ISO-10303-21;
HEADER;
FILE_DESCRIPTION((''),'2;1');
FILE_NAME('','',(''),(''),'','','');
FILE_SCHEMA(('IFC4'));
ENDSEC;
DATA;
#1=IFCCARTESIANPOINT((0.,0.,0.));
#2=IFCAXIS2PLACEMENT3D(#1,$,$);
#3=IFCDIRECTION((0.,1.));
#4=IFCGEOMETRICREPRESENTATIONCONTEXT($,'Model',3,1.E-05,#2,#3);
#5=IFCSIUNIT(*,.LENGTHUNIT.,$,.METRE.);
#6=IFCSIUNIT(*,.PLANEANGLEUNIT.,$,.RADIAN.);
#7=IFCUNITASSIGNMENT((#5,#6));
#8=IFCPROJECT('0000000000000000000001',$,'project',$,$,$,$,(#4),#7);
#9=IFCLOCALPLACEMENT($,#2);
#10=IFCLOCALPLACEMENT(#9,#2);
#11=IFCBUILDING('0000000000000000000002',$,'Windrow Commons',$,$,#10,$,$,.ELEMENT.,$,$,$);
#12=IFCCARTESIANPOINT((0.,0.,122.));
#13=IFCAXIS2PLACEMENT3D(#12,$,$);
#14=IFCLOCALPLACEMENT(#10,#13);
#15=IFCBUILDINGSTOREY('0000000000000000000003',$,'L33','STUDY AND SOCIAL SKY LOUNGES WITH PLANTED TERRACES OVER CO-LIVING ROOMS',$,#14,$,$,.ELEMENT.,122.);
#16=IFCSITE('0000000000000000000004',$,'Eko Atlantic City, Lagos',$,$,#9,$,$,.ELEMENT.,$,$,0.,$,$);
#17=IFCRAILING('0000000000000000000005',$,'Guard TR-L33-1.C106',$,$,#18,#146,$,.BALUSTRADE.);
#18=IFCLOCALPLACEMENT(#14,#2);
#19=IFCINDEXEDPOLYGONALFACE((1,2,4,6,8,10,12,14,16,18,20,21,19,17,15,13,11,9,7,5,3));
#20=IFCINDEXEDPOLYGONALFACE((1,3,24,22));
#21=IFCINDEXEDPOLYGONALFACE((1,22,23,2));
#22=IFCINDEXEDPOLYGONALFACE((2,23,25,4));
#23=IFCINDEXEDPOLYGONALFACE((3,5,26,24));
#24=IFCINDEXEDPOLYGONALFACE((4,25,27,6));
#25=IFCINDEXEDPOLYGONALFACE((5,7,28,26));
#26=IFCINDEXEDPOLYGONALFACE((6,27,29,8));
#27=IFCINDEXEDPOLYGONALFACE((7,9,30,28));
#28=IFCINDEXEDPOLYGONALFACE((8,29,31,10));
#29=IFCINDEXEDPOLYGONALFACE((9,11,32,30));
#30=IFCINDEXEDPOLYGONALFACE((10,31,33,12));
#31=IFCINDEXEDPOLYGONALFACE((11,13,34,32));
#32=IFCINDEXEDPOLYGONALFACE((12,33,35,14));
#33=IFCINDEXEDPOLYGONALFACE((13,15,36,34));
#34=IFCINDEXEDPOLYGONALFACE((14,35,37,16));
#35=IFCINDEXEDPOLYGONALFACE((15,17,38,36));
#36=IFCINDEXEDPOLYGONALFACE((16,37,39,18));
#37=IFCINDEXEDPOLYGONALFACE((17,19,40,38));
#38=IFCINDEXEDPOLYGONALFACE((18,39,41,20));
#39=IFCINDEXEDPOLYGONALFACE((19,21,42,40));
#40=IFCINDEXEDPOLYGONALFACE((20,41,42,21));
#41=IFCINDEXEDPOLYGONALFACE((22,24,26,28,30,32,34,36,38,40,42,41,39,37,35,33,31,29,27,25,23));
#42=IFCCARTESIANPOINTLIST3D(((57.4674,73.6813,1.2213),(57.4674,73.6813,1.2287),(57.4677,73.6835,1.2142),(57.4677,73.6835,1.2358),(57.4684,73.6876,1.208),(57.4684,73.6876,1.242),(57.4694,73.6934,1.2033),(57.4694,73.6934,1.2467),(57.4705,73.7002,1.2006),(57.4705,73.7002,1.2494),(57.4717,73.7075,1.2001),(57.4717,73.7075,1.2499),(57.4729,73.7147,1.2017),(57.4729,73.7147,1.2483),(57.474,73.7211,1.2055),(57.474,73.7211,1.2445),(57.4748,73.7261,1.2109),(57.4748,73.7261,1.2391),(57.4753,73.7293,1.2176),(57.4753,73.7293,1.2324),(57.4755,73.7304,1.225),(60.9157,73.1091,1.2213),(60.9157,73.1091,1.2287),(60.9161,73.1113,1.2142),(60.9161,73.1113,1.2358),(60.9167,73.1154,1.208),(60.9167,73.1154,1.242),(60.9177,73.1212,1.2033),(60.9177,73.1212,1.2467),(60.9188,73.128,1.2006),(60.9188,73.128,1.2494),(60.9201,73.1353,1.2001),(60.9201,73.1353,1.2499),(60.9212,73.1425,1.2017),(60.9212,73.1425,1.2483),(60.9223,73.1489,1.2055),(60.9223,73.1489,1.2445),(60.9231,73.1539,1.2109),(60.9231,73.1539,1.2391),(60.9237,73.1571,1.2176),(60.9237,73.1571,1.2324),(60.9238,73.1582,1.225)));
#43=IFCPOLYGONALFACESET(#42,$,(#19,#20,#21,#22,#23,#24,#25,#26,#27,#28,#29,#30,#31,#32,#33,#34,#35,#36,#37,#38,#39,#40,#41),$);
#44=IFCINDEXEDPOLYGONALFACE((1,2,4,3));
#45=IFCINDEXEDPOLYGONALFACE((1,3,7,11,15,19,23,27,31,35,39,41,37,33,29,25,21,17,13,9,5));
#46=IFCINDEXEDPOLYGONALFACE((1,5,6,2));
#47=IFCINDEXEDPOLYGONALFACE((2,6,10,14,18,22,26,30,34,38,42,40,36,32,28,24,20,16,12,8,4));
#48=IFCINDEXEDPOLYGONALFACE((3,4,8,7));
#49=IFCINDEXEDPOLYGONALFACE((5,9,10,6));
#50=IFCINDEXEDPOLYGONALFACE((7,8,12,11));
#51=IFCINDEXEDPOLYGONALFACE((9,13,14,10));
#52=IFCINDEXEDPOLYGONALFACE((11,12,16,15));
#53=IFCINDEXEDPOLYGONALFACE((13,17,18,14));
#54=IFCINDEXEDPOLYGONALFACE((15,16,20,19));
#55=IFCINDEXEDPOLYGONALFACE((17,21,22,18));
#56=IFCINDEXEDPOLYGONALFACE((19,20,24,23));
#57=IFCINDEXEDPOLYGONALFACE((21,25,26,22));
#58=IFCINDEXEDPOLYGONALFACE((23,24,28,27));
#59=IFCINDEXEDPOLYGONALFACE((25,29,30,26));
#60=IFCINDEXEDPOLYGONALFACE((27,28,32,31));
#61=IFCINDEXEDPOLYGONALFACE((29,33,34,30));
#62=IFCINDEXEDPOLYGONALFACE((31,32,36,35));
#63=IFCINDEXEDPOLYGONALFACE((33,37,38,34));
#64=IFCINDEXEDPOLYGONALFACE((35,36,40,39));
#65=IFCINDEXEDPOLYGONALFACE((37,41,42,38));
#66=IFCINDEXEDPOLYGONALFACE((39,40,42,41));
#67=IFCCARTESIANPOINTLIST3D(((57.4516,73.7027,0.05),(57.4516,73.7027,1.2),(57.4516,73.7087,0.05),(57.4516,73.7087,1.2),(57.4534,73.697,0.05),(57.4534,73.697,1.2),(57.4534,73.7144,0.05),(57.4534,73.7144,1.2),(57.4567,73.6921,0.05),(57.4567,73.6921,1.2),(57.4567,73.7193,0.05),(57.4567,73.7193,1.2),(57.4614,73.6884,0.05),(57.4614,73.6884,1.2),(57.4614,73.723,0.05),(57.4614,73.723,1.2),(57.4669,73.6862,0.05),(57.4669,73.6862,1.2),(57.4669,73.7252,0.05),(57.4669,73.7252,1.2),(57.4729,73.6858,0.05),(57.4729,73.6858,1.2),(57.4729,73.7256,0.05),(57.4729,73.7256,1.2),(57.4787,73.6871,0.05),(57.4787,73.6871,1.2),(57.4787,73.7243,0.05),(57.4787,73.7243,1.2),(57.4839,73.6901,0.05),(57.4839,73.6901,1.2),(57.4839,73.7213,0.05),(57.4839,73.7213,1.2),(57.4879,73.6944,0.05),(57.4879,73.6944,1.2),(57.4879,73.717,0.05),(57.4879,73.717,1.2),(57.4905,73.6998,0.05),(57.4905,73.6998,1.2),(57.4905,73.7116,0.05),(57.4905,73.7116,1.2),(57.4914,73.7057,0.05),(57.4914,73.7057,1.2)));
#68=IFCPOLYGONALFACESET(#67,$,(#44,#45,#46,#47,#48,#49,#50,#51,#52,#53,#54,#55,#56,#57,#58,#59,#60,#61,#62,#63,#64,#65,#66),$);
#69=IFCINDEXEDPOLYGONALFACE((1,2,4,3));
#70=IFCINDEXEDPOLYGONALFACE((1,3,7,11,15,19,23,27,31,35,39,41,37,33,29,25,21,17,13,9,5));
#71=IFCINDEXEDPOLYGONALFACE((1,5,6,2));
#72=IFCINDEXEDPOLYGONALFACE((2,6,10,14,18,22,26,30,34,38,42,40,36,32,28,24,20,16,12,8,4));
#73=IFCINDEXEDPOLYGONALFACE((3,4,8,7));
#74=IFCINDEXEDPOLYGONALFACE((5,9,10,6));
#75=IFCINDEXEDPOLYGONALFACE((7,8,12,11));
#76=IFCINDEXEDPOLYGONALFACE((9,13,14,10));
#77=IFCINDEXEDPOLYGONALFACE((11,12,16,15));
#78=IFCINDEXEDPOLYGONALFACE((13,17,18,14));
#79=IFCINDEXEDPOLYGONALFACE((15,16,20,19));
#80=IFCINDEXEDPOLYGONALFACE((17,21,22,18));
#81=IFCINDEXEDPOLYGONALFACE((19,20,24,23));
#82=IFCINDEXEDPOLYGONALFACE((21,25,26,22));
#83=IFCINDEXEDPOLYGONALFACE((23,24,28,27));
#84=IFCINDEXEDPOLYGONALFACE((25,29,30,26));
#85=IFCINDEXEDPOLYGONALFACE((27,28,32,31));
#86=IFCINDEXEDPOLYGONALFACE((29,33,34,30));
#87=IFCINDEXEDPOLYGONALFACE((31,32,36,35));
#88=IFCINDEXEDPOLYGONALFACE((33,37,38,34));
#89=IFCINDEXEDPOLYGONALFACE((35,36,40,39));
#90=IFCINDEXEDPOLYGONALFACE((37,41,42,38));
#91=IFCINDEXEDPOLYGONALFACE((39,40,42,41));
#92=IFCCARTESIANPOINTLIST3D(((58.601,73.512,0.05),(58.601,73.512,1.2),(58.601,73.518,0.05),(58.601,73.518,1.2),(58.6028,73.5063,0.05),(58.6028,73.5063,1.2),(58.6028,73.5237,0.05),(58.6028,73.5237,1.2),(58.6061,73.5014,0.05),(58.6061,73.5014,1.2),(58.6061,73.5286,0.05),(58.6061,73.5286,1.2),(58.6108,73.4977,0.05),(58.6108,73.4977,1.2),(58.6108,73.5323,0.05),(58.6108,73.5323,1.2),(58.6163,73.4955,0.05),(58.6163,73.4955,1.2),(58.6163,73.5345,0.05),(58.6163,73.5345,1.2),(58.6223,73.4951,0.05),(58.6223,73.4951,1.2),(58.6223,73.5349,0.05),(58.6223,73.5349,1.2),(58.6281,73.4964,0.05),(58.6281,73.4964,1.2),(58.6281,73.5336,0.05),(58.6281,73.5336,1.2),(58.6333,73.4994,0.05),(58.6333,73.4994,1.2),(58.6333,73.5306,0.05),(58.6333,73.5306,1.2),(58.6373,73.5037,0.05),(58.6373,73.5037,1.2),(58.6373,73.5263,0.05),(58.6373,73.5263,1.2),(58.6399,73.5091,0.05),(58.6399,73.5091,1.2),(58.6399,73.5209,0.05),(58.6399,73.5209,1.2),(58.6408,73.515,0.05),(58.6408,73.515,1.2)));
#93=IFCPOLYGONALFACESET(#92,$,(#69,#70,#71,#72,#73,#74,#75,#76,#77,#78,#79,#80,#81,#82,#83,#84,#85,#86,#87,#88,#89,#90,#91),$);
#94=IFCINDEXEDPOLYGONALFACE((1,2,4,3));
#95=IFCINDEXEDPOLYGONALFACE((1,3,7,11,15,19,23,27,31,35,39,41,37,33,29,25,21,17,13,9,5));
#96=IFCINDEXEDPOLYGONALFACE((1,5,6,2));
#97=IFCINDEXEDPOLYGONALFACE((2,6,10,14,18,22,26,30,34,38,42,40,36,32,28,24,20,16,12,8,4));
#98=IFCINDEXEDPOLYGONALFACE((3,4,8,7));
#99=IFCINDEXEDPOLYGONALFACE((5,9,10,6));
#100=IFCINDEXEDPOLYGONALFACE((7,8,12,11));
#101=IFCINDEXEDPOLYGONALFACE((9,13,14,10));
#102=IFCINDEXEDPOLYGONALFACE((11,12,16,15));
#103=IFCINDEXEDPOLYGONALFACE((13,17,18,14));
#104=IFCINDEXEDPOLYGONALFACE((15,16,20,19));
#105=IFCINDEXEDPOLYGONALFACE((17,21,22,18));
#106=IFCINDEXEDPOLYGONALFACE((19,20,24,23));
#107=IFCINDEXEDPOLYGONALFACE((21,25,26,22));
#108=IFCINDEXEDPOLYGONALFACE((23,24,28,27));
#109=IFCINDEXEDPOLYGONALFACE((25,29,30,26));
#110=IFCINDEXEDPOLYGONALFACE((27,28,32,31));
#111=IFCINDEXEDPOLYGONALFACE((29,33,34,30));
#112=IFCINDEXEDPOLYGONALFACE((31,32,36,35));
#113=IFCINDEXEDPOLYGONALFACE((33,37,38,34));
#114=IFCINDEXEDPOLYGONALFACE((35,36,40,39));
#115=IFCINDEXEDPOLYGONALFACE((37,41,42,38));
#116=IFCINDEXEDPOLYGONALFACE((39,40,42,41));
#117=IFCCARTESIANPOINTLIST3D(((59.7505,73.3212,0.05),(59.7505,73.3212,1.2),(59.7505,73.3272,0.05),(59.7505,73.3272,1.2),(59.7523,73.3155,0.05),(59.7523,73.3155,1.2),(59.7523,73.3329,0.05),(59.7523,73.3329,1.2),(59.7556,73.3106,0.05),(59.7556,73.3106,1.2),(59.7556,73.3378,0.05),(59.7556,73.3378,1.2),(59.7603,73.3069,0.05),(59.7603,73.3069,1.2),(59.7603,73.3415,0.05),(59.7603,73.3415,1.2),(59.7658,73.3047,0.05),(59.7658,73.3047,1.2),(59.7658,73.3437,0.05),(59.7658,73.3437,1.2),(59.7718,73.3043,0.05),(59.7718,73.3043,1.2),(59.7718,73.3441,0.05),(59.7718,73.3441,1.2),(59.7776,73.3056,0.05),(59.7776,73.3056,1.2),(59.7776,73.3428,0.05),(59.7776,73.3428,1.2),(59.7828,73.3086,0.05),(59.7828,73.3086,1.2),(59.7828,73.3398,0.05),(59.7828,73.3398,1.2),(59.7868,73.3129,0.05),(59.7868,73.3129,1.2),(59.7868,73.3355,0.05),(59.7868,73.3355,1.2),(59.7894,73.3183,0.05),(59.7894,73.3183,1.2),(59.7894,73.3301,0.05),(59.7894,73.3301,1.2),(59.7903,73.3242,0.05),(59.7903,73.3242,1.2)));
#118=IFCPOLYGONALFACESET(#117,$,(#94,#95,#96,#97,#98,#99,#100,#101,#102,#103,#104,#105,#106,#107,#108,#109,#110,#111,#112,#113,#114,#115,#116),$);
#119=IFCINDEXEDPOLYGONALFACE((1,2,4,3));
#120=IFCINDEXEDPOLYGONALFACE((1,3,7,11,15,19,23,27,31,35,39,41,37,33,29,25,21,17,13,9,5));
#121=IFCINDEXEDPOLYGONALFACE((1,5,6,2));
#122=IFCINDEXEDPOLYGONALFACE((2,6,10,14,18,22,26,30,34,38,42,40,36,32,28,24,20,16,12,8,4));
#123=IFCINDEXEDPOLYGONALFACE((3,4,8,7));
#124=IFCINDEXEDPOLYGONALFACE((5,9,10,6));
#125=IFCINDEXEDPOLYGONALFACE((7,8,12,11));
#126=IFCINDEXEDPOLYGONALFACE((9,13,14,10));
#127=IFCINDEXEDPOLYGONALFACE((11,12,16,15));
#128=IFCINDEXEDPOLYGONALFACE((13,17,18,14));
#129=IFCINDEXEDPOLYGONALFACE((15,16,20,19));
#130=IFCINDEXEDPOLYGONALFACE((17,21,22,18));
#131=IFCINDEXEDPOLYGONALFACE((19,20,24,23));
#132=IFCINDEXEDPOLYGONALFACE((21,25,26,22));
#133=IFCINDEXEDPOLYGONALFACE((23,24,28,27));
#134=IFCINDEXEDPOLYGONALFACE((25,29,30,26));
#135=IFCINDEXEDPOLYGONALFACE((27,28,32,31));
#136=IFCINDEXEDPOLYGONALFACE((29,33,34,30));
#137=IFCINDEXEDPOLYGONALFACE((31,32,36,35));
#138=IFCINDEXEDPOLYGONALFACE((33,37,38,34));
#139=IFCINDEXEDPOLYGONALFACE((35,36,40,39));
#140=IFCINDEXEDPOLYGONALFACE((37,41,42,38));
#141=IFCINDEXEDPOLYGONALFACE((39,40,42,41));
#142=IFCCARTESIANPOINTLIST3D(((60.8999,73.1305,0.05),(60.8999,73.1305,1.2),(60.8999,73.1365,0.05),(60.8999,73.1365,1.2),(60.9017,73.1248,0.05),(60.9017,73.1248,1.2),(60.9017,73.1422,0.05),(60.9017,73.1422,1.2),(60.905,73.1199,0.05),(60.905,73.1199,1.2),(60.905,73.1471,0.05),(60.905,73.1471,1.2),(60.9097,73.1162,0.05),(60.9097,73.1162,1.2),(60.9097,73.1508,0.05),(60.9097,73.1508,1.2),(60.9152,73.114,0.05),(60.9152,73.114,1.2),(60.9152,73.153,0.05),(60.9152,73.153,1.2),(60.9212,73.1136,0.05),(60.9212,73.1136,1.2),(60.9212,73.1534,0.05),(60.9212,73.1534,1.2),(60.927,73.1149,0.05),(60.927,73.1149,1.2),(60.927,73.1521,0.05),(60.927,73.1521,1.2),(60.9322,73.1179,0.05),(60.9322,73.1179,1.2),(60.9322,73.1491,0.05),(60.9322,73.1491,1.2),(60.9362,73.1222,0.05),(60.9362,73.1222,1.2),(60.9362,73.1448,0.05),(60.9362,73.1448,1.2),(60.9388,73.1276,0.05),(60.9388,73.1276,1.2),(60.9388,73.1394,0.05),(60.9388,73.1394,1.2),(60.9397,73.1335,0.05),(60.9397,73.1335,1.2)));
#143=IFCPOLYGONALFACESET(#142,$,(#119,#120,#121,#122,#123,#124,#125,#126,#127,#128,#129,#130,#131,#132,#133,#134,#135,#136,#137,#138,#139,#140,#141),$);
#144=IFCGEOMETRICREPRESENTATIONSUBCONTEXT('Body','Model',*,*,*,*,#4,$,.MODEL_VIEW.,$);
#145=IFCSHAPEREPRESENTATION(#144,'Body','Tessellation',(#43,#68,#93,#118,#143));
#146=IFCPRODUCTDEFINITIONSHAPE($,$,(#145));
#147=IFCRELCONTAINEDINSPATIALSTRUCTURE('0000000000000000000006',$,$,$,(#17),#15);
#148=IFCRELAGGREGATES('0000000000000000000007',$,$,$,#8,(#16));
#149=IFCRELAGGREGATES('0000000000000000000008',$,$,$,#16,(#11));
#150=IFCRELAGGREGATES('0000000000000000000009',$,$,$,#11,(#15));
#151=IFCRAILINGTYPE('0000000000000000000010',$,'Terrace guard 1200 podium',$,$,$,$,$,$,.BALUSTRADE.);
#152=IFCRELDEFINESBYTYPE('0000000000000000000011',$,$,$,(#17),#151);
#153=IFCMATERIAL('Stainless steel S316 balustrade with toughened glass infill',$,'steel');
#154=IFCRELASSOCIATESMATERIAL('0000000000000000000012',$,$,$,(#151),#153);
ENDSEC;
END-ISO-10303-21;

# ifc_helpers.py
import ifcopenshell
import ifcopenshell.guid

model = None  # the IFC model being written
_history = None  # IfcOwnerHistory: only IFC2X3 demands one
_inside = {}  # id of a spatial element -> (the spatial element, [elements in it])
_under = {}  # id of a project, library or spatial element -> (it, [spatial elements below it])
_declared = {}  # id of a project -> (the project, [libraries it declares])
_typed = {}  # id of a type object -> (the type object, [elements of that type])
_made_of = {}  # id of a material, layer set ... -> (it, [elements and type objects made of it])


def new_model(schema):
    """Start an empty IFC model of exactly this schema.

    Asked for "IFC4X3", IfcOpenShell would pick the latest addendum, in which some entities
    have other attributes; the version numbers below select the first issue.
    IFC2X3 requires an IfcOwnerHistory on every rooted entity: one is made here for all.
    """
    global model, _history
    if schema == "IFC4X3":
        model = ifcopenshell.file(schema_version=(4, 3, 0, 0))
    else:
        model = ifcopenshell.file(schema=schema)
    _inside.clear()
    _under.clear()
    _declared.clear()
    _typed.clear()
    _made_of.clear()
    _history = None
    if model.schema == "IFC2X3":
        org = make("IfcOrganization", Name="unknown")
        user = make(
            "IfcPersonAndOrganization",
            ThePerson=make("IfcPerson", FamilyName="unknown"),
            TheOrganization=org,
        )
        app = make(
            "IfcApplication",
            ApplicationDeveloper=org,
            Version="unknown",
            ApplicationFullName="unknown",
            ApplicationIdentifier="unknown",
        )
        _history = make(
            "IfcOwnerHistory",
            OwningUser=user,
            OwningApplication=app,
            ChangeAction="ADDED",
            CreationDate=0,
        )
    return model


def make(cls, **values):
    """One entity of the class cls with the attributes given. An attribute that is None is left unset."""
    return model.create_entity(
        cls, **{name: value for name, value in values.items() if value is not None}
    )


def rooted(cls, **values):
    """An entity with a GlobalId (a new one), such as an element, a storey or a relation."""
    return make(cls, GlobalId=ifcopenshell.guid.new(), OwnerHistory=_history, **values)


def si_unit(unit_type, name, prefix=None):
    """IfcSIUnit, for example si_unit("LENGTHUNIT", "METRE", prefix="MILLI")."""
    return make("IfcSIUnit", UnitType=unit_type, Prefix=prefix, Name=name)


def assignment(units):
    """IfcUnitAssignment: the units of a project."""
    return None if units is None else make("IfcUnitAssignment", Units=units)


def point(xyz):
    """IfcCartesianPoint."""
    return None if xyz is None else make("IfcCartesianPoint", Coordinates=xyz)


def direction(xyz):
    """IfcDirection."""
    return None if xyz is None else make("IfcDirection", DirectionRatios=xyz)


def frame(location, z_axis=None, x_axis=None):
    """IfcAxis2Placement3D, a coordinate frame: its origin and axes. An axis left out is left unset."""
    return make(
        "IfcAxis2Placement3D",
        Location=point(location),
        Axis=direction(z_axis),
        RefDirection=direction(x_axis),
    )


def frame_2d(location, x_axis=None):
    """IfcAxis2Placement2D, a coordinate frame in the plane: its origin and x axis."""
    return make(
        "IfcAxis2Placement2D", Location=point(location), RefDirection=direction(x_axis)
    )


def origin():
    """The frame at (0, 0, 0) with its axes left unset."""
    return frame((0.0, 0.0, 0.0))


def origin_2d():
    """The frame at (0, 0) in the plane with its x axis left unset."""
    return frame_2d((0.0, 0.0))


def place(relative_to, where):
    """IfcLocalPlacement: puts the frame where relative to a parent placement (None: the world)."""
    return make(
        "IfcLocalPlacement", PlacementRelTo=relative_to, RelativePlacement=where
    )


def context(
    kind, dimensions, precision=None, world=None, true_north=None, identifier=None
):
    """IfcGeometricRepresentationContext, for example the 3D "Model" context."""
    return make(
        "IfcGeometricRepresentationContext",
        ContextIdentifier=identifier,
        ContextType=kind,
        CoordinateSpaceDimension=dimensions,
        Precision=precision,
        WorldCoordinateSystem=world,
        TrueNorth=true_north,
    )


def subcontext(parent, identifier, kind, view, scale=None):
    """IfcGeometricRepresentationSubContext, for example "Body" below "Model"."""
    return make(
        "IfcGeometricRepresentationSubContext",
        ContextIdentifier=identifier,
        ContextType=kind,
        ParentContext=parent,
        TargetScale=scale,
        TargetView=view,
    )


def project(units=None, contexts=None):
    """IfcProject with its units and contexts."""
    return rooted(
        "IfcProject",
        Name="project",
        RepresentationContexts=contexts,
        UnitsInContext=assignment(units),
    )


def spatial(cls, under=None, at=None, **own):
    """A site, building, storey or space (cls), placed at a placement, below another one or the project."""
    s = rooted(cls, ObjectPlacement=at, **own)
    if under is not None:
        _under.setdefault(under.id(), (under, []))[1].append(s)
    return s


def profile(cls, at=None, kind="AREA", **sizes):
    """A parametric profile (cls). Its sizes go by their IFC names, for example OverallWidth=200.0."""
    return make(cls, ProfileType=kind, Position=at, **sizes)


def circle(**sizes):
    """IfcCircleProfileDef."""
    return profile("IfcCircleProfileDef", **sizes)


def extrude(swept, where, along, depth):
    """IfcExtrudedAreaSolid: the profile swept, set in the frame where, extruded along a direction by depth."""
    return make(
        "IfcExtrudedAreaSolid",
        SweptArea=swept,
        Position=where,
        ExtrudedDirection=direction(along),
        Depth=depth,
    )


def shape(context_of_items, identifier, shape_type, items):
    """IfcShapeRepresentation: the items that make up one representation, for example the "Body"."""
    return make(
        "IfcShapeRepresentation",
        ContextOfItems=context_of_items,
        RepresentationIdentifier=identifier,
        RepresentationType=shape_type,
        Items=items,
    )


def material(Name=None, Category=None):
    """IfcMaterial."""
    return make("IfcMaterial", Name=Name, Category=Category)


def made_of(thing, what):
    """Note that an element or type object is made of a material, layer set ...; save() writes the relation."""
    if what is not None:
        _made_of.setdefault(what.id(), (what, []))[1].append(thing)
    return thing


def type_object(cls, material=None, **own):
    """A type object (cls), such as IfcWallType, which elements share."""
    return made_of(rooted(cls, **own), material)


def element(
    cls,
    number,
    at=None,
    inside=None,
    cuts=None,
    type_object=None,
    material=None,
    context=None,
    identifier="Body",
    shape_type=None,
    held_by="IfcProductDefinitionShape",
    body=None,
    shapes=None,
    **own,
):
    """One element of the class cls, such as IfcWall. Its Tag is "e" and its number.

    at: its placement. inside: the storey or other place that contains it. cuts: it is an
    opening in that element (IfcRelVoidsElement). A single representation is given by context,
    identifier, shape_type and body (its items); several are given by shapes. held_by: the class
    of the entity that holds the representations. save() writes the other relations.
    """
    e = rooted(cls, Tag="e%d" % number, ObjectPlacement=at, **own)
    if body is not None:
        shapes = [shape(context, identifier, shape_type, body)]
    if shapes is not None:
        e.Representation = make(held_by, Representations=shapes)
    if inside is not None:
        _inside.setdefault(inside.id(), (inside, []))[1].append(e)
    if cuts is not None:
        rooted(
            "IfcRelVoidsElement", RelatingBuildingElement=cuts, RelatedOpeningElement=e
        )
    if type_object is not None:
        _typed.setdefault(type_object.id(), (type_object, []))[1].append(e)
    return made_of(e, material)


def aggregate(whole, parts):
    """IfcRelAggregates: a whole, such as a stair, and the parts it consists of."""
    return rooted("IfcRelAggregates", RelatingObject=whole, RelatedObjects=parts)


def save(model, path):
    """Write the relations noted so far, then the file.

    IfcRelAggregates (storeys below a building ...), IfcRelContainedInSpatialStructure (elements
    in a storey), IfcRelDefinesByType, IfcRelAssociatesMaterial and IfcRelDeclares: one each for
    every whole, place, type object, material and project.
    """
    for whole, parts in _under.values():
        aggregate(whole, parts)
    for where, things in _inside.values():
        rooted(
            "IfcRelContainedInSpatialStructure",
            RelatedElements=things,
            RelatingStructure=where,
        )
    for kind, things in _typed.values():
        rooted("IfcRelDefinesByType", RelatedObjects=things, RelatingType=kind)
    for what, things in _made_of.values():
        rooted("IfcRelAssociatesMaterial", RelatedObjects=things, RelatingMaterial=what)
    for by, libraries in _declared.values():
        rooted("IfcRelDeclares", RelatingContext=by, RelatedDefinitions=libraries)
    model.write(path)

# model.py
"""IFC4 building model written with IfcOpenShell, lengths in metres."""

from ifc_helpers import new_model, si_unit, direction, frame, origin, origin_2d, place, context, subcontext, project, spatial, circle, extrude, material, type_object, element, save


model = new_model("IFC4")

# Units and contexts
model_context = context("Model", 3, precision=1e-05, world=origin(), true_north=direction((0.0, 1.0)))
body_context = subcontext(model_context, "Body", "Model", "MODEL_VIEW")
ifc_project = project(units=[si_unit("LENGTHUNIT", "METRE"), si_unit("PLANEANGLEUNIT", "RADIAN")], contexts=[model_context])

# Site, building, storey
site_placement = place(None, origin())
site = spatial("IfcSite", under=ifc_project, at=site_placement, Name="Eko Atlantic City, Lagos", CompositionType="ELEMENT", RefElevation=0.0)
building_placement = place(site_placement, origin())
building = spatial("IfcBuilding", under=site, at=building_placement, Name="Windrow Commons", CompositionType="ELEMENT")
storey_placement = place(building_placement, frame((0.0, 0.0, 122.0)))
storey = spatial("IfcBuildingStorey", under=building, at=storey_placement, Name="L33", Description="STUDY AND SOCIAL SKY LOUNGES WITH PLANTED TERRACES OVER CO-LIVING ROOMS", CompositionType="ELEMENT", Elevation=122.0)

# Railing
ifc_material_1 = material(Name="Stainless steel S316 balustrade with toughened glass infill", Category="steel")
railing_type_1 = type_object("IfcRailingType", Name="Terrace guard 1200 podium", PredefinedType="BALUSTRADE", material=ifc_material_1)
railing_1_placement = place(storey_placement, frame((57.4714, 73.7057, 0.05)))
element("IfcRailing", 1, at=railing_1_placement, inside=storey, type_object=railing_type_1, Name="Guard TR-L33-1.C106", PredefinedType="BALUSTRADE", context=body_context, shape_type="SweptSolid", body=[
    extrude(circle(Radius=0.025, at=origin_2d()), frame((0.0, 0.0, 1.175), z_axis=(0.98651, -0.163698, 0.0), x_axis=(0.163698, 0.98651, 0.0)), (0.0, 0.0, 1.0), 3.4955),
    extrude(circle(Radius=0.02, at=origin_2d()), origin(), (0.0, 0.0, 1.0), 1.15),
    extrude(circle(Radius=0.02, at=origin_2d()), frame((1.1494, -0.1907, 0.0)), (0.0, 0.0, 1.0), 1.15),
    extrude(circle(Radius=0.02, at=origin_2d()), frame((2.2989, -0.3815, 0.0)), (0.0, 0.0, 1.0), 1.15),
    extrude(circle(Radius=0.02, at=origin_2d()), frame((3.4483, -0.5722, 0.0)), (0.0, 0.0, 1.0), 1.15),
])

save(model, "model.ifc")
